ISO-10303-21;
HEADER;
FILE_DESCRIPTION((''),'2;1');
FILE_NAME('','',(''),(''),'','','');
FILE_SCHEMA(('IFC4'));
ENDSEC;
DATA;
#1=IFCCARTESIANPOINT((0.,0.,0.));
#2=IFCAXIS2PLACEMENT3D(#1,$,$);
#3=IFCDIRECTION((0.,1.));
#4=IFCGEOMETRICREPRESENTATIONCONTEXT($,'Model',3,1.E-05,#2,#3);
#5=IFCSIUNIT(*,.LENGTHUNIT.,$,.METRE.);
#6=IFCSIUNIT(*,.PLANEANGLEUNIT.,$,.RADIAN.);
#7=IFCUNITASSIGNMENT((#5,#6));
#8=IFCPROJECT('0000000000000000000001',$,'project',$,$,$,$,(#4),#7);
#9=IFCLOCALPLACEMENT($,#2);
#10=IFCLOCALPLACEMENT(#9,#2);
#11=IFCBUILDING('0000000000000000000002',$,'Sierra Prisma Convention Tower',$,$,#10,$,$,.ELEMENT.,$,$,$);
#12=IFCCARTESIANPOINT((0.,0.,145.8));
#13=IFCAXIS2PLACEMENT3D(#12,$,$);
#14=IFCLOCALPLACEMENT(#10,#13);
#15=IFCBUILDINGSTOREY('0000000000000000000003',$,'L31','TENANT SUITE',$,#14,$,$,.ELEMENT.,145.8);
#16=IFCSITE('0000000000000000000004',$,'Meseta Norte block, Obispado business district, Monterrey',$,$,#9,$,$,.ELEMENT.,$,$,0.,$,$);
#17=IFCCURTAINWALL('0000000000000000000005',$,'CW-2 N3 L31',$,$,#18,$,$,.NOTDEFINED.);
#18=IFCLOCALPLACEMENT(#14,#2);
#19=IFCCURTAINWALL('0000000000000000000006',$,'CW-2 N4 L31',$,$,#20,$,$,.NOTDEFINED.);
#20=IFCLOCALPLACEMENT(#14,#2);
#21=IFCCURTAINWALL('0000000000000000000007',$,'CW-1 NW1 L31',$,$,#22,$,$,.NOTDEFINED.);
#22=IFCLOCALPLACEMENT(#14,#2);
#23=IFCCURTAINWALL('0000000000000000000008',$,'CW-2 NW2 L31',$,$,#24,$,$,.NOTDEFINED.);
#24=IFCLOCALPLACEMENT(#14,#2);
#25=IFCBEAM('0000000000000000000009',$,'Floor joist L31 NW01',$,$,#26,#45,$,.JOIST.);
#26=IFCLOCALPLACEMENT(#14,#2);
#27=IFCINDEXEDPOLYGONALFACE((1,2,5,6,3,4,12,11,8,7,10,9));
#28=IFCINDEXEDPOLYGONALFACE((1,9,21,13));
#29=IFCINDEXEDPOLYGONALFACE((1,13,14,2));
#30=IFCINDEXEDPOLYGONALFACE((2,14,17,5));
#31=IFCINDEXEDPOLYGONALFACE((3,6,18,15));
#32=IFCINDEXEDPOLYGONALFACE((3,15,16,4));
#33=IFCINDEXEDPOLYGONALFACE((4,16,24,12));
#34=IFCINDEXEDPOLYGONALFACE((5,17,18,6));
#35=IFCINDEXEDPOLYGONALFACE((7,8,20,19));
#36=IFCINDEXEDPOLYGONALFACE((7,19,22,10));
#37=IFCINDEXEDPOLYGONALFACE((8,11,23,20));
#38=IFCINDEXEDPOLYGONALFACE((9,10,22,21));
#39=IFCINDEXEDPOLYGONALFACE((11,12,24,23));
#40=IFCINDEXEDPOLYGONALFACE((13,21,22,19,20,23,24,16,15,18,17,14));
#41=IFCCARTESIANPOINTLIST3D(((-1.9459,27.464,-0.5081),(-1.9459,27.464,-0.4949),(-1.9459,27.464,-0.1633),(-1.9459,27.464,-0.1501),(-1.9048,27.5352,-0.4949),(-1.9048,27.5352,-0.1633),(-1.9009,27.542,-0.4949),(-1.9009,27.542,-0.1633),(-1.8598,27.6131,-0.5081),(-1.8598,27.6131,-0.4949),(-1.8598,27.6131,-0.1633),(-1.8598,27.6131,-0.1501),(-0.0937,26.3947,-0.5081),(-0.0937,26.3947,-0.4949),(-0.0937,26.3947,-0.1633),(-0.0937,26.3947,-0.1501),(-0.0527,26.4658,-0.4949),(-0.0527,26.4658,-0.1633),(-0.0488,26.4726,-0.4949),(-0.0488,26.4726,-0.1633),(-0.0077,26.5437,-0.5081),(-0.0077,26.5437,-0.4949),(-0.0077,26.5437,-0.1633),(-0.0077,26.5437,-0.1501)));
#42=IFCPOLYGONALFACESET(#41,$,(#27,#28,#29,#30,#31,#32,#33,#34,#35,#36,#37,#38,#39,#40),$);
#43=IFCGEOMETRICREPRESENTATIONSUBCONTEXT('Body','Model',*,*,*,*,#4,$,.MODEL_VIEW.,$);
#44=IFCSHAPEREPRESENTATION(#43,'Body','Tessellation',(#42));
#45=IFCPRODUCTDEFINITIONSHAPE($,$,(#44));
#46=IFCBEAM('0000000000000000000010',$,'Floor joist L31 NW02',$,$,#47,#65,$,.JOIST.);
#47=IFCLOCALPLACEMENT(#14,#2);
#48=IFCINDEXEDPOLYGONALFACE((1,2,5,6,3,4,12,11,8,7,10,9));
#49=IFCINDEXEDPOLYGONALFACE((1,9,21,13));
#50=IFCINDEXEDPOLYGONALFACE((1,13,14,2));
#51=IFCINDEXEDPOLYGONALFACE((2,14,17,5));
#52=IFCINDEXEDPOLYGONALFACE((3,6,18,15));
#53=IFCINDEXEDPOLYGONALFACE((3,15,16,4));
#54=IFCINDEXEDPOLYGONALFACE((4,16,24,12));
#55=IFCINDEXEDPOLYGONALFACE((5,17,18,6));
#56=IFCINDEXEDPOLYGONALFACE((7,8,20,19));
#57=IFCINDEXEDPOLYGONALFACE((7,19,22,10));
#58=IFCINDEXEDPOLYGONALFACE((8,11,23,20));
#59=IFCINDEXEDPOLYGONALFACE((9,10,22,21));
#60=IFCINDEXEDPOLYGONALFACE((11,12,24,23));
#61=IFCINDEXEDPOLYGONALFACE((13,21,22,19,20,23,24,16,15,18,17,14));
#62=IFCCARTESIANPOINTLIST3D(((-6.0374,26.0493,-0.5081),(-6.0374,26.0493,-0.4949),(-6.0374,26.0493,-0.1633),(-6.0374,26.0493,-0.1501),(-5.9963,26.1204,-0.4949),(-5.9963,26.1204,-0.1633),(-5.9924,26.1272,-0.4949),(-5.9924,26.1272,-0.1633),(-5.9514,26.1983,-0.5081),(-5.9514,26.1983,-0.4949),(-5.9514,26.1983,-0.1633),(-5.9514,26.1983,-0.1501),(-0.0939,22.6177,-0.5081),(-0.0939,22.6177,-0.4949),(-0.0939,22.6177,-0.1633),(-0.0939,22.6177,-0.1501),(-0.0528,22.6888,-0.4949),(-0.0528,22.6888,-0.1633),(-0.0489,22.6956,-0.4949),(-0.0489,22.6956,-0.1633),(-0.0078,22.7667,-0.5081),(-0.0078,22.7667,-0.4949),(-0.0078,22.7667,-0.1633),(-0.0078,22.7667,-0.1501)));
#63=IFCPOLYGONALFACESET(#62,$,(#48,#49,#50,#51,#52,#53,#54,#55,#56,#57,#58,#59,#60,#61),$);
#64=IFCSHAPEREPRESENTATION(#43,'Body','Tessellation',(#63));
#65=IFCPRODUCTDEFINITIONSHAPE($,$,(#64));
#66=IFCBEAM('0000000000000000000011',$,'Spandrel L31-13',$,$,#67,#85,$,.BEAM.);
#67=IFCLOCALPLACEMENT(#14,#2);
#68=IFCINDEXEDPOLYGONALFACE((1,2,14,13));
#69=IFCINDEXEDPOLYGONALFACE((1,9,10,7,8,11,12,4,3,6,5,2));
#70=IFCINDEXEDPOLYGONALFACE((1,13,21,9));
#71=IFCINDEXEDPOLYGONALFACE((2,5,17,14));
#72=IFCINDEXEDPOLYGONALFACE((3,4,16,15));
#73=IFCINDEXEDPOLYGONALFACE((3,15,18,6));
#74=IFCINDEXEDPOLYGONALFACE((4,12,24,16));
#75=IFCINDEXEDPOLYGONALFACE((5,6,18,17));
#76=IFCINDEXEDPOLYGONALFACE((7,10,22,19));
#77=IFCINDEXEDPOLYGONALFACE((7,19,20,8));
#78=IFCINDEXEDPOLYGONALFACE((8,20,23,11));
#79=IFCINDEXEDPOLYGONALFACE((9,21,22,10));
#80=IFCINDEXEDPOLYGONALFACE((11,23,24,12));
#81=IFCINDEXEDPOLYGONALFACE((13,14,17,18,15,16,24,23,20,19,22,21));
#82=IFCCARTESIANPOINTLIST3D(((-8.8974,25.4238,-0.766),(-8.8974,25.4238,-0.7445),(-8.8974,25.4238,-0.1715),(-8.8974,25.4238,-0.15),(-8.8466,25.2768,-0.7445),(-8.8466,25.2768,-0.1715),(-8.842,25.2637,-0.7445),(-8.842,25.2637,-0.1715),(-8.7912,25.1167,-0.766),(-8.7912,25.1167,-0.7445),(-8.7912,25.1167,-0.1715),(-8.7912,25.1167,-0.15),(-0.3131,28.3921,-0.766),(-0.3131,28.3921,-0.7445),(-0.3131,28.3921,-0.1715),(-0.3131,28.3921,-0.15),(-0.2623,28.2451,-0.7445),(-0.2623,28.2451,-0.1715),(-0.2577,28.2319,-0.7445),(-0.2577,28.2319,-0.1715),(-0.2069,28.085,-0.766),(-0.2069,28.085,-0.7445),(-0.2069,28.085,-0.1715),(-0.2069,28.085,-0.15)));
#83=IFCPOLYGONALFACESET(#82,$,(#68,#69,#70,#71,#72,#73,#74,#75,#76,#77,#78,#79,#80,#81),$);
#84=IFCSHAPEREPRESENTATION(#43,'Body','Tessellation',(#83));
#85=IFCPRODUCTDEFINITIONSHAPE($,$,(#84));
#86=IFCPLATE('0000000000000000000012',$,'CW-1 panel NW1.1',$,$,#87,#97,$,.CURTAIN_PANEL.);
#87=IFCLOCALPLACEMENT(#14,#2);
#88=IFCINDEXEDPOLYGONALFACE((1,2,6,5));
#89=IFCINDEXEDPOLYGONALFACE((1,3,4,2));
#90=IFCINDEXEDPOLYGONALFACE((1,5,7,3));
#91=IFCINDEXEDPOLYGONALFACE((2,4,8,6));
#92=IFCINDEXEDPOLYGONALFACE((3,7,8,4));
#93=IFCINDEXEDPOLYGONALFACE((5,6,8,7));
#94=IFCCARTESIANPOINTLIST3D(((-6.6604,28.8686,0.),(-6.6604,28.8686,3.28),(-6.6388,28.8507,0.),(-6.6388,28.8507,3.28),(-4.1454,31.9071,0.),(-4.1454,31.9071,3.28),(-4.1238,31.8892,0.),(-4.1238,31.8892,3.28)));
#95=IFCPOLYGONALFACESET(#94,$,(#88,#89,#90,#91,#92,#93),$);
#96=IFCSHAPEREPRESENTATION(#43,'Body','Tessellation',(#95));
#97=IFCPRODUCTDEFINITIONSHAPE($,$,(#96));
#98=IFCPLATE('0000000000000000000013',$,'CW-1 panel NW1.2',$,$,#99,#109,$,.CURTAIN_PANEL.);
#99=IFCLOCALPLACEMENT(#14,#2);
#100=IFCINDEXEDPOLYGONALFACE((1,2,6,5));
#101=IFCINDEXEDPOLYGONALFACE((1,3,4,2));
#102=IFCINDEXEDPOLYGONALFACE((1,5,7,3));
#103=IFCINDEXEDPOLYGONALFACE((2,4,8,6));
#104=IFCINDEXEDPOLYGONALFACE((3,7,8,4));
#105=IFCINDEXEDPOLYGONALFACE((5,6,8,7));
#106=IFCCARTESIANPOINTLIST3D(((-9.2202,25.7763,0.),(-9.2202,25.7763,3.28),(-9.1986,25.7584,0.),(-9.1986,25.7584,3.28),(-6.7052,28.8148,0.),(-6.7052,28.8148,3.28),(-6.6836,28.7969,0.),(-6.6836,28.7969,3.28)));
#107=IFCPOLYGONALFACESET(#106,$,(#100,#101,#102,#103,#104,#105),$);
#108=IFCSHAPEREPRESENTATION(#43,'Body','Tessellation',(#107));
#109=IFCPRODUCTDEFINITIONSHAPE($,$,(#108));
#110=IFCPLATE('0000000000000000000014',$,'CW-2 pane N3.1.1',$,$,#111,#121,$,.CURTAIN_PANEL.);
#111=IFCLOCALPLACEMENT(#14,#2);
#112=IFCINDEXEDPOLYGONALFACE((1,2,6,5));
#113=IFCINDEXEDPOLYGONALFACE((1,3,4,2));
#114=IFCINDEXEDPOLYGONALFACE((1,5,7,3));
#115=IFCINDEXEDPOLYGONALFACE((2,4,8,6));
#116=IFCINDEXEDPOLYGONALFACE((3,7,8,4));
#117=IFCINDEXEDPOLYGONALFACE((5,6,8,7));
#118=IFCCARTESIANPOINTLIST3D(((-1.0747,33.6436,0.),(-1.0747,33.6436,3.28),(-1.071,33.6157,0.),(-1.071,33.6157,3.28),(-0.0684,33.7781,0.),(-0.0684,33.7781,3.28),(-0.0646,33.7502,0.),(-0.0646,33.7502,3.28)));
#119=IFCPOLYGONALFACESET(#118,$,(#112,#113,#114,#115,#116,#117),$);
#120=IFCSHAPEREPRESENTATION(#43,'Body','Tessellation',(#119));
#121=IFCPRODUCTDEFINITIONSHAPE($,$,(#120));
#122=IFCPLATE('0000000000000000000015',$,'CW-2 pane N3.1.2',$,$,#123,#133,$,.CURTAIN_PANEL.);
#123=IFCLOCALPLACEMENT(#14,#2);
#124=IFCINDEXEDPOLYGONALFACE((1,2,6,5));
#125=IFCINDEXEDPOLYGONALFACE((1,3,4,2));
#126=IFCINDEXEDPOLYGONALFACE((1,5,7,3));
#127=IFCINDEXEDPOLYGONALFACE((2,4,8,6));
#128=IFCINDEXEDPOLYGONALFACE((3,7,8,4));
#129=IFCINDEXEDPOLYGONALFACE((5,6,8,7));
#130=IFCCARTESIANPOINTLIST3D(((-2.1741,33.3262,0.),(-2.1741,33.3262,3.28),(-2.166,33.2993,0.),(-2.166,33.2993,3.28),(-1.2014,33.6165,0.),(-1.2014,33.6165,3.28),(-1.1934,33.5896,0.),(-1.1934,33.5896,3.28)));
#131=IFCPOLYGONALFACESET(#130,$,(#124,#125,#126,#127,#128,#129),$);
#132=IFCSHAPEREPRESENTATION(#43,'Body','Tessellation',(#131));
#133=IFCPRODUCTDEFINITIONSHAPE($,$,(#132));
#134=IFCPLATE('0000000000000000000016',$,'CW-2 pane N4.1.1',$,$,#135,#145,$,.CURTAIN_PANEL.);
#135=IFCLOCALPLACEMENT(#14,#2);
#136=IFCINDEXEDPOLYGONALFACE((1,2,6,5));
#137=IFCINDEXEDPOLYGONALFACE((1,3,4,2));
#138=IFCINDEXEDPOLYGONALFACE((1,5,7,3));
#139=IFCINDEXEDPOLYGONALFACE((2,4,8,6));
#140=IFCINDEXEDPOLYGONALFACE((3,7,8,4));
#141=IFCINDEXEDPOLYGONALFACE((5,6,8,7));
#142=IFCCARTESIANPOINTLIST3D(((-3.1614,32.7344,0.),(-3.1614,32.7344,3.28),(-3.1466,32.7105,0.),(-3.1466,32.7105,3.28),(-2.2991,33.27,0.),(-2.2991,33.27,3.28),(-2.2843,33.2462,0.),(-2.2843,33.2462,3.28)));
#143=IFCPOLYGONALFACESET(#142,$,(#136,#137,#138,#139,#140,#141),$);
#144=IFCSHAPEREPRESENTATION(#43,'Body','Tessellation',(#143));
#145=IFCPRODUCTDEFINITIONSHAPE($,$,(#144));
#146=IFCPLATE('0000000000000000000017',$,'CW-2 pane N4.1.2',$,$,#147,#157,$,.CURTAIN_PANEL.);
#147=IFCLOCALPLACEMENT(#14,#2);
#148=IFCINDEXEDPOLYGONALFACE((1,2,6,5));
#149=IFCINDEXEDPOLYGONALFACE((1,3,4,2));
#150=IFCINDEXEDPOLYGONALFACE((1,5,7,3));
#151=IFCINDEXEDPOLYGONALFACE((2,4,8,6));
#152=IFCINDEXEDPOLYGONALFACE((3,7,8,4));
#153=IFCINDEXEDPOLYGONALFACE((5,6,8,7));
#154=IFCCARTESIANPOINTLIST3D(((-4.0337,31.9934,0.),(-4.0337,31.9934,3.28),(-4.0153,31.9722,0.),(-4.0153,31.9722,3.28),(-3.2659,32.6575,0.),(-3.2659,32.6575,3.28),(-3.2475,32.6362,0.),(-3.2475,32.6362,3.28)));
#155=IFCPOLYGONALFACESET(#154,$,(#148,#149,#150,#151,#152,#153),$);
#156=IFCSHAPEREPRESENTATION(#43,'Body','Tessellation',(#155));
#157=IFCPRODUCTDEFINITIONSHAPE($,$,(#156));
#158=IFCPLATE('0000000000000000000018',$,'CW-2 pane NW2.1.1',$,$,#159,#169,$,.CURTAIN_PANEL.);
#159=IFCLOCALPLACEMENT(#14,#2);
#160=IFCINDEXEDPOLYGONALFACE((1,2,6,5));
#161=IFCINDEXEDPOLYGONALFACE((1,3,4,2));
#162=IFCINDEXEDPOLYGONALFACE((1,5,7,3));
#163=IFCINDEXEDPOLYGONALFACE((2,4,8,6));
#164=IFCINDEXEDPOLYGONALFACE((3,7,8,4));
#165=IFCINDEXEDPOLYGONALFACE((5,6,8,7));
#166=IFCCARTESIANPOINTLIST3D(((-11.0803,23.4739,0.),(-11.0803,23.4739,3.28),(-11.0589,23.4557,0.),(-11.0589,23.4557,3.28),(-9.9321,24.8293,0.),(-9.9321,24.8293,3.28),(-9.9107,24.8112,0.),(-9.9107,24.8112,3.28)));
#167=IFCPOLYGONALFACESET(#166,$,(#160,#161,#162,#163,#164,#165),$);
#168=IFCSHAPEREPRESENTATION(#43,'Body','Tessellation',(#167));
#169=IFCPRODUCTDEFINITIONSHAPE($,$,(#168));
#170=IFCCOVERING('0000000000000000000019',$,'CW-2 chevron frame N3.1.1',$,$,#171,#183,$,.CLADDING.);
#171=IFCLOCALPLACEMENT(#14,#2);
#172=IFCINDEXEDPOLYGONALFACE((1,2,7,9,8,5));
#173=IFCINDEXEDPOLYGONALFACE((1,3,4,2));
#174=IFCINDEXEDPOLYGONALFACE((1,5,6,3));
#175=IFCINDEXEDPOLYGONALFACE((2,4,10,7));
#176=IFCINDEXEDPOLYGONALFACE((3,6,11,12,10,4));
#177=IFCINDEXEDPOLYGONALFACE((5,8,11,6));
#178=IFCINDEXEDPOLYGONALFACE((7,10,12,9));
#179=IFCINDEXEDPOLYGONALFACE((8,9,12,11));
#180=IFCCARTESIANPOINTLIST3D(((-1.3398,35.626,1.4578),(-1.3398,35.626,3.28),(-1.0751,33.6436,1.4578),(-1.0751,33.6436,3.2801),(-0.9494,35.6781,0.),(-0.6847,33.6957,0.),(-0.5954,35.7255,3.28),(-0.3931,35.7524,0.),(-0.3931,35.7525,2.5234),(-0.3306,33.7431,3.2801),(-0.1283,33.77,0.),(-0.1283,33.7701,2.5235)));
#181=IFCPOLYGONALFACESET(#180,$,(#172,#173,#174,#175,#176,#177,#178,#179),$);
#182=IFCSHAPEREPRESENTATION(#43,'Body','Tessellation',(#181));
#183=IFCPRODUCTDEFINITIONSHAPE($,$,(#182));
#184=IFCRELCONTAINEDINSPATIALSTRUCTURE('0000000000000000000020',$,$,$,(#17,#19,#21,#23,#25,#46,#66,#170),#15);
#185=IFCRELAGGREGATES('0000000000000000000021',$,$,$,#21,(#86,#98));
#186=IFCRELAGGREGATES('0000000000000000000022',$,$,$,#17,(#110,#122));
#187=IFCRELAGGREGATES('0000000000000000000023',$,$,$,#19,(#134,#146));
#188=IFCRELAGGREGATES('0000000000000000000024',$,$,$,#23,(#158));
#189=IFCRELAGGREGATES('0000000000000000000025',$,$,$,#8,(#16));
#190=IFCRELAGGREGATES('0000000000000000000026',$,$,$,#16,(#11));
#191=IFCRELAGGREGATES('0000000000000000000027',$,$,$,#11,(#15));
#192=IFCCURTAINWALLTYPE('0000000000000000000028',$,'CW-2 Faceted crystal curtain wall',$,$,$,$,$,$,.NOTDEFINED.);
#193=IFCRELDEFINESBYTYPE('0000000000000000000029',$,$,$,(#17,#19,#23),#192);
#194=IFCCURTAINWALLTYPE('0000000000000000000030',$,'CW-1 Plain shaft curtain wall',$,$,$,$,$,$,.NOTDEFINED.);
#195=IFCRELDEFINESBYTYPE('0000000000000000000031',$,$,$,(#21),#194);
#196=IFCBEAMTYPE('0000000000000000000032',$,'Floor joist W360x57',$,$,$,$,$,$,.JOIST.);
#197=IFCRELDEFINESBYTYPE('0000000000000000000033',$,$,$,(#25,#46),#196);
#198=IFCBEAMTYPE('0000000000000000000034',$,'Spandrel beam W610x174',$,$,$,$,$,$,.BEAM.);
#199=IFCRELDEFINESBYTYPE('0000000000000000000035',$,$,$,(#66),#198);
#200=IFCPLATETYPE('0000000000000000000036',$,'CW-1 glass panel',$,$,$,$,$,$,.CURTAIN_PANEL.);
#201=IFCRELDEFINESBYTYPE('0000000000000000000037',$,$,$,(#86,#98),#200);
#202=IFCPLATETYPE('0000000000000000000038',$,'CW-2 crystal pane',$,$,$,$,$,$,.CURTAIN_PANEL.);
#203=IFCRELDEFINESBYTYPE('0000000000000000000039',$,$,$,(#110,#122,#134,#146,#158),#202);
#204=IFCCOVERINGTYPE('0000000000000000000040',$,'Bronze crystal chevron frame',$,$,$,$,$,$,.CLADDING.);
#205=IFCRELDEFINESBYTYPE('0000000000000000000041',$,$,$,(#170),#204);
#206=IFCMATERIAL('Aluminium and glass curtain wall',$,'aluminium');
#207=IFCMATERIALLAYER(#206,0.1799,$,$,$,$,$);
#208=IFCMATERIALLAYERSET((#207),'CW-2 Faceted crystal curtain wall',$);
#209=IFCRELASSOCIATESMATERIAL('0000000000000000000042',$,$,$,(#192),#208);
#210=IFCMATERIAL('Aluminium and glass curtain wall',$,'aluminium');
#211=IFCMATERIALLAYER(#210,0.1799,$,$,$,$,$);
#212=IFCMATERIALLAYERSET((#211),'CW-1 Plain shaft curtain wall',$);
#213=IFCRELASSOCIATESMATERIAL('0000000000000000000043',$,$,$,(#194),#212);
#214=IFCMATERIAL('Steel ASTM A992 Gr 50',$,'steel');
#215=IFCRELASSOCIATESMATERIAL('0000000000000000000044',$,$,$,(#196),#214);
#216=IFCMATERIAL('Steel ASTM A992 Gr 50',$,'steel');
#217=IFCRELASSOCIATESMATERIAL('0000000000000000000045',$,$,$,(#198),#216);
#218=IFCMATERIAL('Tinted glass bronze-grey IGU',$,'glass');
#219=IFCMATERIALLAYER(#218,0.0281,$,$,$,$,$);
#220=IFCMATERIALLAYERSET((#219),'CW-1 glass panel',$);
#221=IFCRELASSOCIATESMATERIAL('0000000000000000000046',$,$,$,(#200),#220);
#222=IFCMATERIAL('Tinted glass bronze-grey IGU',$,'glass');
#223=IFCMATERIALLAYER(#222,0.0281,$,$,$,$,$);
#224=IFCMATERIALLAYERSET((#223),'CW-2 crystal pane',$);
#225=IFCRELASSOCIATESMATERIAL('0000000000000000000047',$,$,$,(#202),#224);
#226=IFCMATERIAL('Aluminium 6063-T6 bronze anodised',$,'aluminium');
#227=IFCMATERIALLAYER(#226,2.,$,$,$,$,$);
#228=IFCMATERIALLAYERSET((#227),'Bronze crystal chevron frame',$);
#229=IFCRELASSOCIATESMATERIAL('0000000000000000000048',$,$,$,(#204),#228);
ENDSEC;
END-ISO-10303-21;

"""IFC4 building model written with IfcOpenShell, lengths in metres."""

from ifc_helpers import new_model, si_unit, direction, frame, origin, origin_2d, place, context, subcontext, project, spatial, polyline, rectangle, i_section, outline, extrude, material, layer, layer_set, material_profile, profile_set, type_object, element, aggregate, save


model = new_model("IFC4")

# Units and contexts
model_context = context("Model", 3, precision=1e-05, world=origin(), true_north=direction((0.0, 1.0)))
body_context = subcontext(model_context, "Body", "Model", "MODEL_VIEW")
ifc_project = project(units=[si_unit("LENGTHUNIT", "METRE"), si_unit("PLANEANGLEUNIT", "RADIAN")], contexts=[model_context])

# Site, building, storey
site_placement = place(None, origin())
site = spatial("IfcSite", under=ifc_project, at=site_placement, Name="Meseta Norte block, Obispado business district, Monterrey", CompositionType="ELEMENT", RefElevation=0.0)
building_placement = place(site_placement, origin())
building = spatial("IfcBuilding", under=site, at=building_placement, Name="Sierra Prisma Convention Tower", CompositionType="ELEMENT")
storey_placement = place(building_placement, frame((0.0, 0.0, 145.8)))
storey = spatial("IfcBuildingStorey", under=building, at=storey_placement, Name="L31", Description="TENANT SUITE", CompositionType="ELEMENT", Elevation=145.8)

# Curtain walls
ifc_material_1 = material(Name="Aluminium and glass curtain wall", Category="aluminium")
ifc_layer_1 = layer(ifc_material_1, 0.1799)
ifc_layer_set_1 = layer_set([ifc_layer_1], Name="CW-2 Faceted crystal curtain wall")
curtain_wall_type_1 = type_object("IfcCurtainWallType", Name="CW-2 Faceted crystal curtain wall", PredefinedType="NOTDEFINED", material=ifc_layer_set_1)
curtain_wall_1_placement = place(storey_placement, origin())
curtain_wall_1 = element("IfcCurtainWall", 1, at=curtain_wall_1_placement, inside=storey, type_object=curtain_wall_type_1, Name="CW-2 N3 L31", PredefinedType="NOTDEFINED")
curtain_wall_2_placement = place(storey_placement, origin())
curtain_wall_2 = element("IfcCurtainWall", 2, at=curtain_wall_2_placement, inside=storey, type_object=curtain_wall_type_1, Name="CW-2 N4 L31", PredefinedType="NOTDEFINED")

# Curtain wall
ifc_material_2 = material(Name="Aluminium and glass curtain wall", Category="aluminium")
ifc_layer_2 = layer(ifc_material_2, 0.1799)
ifc_layer_set_2 = layer_set([ifc_layer_2], Name="CW-1 Plain shaft curtain wall")
curtain_wall_type_2 = type_object("IfcCurtainWallType", Name="CW-1 Plain shaft curtain wall", PredefinedType="NOTDEFINED", material=ifc_layer_set_2)
curtain_wall_3_placement = place(storey_placement, origin())
curtain_wall_3 = element("IfcCurtainWall", 3, at=curtain_wall_3_placement, inside=storey, type_object=curtain_wall_type_2, Name="CW-1 NW1 L31", PredefinedType="NOTDEFINED")

# Curtain wall
curtain_wall_4_placement = place(storey_placement, origin())
curtain_wall_4 = element("IfcCurtainWall", 4, at=curtain_wall_4_placement, inside=storey, type_object=curtain_wall_type_1, Name="CW-2 NW2 L31", PredefinedType="NOTDEFINED")

# Beams
ifc_material_3 = material(Name="Steel ASTM A992 Gr 50", Category="steel")
ifc_material_profile_1 = material_profile(ifc_material_3, i_section(OverallWidth=0.1721, OverallDepth=0.3579, WebThickness=0.0078, FlangeThickness=0.0132, at=origin_2d()), Name="W360x57")
ifc_profile_set_1 = profile_set([ifc_material_profile_1], Name="Steel ASTM A992 Gr 50")
beam_type_1 = type_object("IfcBeamType", Name="Floor joist W360x57", PredefinedType="JOIST", material=ifc_profile_set_1)
beam_1_placement = place(storey_placement, frame((-1.9028, 27.5386, -0.3291), z_axis=(0.866014, -0.500019, 0.0), x_axis=(0.500019, 0.866014, 0.0)))
element("IfcBeam", 5, at=beam_1_placement, inside=storey, type_object=beam_type_1, Name="Floor joist L31 NW01", PredefinedType="JOIST", context=body_context, shape_type="SweptSolid", body=[
    extrude(i_section(OverallWidth=0.1721, OverallDepth=0.3579, WebThickness=0.0078, FlangeThickness=0.0132, at=origin_2d()), origin(), (0.0, 0.0, 1.0), 2.1387),
])
beam_2_placement = place(storey_placement, frame((-5.9944, 26.1238, -0.3291), z_axis=(0.866019, -0.500011, 0.0), x_axis=(0.500011, 0.866019, 0.0)))
element("IfcBeam", 6, at=beam_2_placement, inside=storey, type_object=beam_type_1, Name="Floor joist L31 NW02", PredefinedType="JOIST", context=body_context, shape_type="SweptSolid", body=[
    extrude(i_section(OverallWidth=0.1721, OverallDepth=0.3579, WebThickness=0.0078, FlangeThickness=0.0132, at=origin_2d()), origin(), (0.0, 0.0, 1.0), 6.863),
])
ifc_material_4 = material(Name="Steel ASTM A992 Gr 50", Category="steel")
ifc_material_profile_2 = material_profile(ifc_material_4, i_section(OverallWidth=0.325, OverallDepth=0.616, WebThickness=0.0139, FlangeThickness=0.0215, at=origin_2d()), Name="W610x174")
ifc_profile_set_2 = profile_set([ifc_material_profile_2], Name="Steel ASTM A992 Gr 50")
beam_type_2 = type_object("IfcBeamType", Name="Spandrel beam W610x174", PredefinedType="BEAM", material=ifc_profile_set_2)
beam_3_placement = place(storey_placement, frame((-0.26, 28.2385, -0.458), z_axis=(-0.945095, -0.326796, 0.0), x_axis=(0.326796, -0.945095, 0.0)))
element("IfcBeam", 7, at=beam_3_placement, inside=storey, type_object=beam_type_2, Name="Spandrel L31-13", PredefinedType="BEAM", context=body_context, shape_type="SweptSolid", body=[
    extrude(i_section(OverallWidth=0.325, OverallDepth=0.616, WebThickness=0.0139, FlangeThickness=0.0215, at=origin_2d()), origin(), (0.0, 0.0, 1.0), 9.083),
])

# Plates
ifc_material_5 = material(Name="Tinted glass bronze-grey IGU", Category="glass")
ifc_layer_3 = layer(ifc_material_5, 0.0281)
ifc_layer_set_3 = layer_set([ifc_layer_3], Name="CW-1 glass panel")
plate_type_1 = type_object("IfcPlateType", Name="CW-1 glass panel", PredefinedType="CURTAIN_PANEL", material=ifc_layer_set_3)
plate_1_placement = place(storey_placement, frame((-5.3921, 30.3789, 0.0), z_axis=(0.0, 0.0, 1.0), x_axis=(-0.637626, -0.770346, 0.0)))
plate_1 = element("IfcPlate", 8, at=plate_1_placement, type_object=plate_type_1, Name="CW-1 panel NW1.1", PredefinedType="CURTAIN_PANEL", context=body_context, shape_type="SweptSolid", body=[
    extrude(rectangle(XDim=3.9443, YDim=0.0281, at=origin_2d()), origin(), (0.0, 0.0, 1.0), 3.28),
])
plate_2_placement = place(storey_placement, frame((-7.9519, 27.2866, 0.0), z_axis=(0.0, 0.0, 1.0), x_axis=(-0.637626, -0.770346, 0.0)))
plate_2 = element("IfcPlate", 9, at=plate_2_placement, type_object=plate_type_1, Name="CW-1 panel NW1.2", PredefinedType="CURTAIN_PANEL", context=body_context, shape_type="SweptSolid", body=[
    extrude(rectangle(XDim=3.9443, YDim=0.0281, at=origin_2d()), origin(), (0.0, 0.0, 1.0), 3.28),
])
aggregate(curtain_wall_3, [plate_1, plate_2])
ifc_material_6 = material(Name="Tinted glass bronze-grey IGU", Category="glass")
ifc_layer_4 = layer(ifc_material_6, 0.0281)
ifc_layer_set_4 = layer_set([ifc_layer_4], Name="CW-2 crystal pane")
plate_type_2 = type_object("IfcPlateType", Name="CW-2 crystal pane", PredefinedType="CURTAIN_PANEL", material=ifc_layer_set_4)
plate_3_placement = place(storey_placement, frame((-0.0684, 33.7781, 0.0), z_axis=(-0.132494, 0.991184, 0.0), x_axis=(-0.991184, -0.132494, 0.0)))
plate_3 = element("IfcPlate", 10, at=plate_3_placement, type_object=plate_type_2, Name="CW-2 pane N3.1.1", PredefinedType="CURTAIN_PANEL", context=body_context, shape_type="SweptSolid", body=[
    extrude(outline(polyline([(0.0, 0.0), (1.0153, 0.0), (1.0153, 3.28), (0.0, 3.28), (0.0, 0.0)])), origin(), (0.0, 0.0, -1.0), 0.0281),
])
plate_4_placement = place(storey_placement, frame((-2.1741, 33.3262, 0.0), z_axis=(-0.285979, 0.958236, 0.0), x_axis=(0.958236, 0.285979, 0.0)))
plate_4 = element("IfcPlate", 11, at=plate_4_placement, type_object=plate_type_2, Name="CW-2 pane N3.1.2", PredefinedType="CURTAIN_PANEL", context=body_context, shape_type="SweptSolid", body=[
    extrude(outline(polyline([(0.0, 0.0), (1.015, 0.0), (1.015, -3.28), (0.0, -3.28), (0.0, 0.0)])), origin(), (0.0, 0.0, -1.0), 0.0281),
])
aggregate(curtain_wall_1, [plate_3, plate_4])
plate_5_placement = place(storey_placement, frame((-2.2991, 33.27, 0.0), z_axis=(-0.527662, 0.849454, 0.0), x_axis=(-0.849454, -0.527662, 0.0)))
plate_5 = element("IfcPlate", 12, at=plate_5_placement, type_object=plate_type_2, Name="CW-2 pane N4.1.1", PredefinedType="CURTAIN_PANEL", context=body_context, shape_type="SweptSolid", body=[
    extrude(outline(polyline([(0.0, 0.0), (1.0151, 0.0), (1.0151, 3.28), (0.0, 3.28), (0.0, 0.0)])), origin(), (0.0, 0.0, -1.0), 0.0281),
])
plate_6_placement = place(storey_placement, frame((-4.0337, 31.9934, 0.0), z_axis=(-0.654152, 0.756363, 0.0), x_axis=(0.756363, 0.654152, 0.0)))
plate_6 = element("IfcPlate", 13, at=plate_6_placement, type_object=plate_type_2, Name="CW-2 pane N4.1.2", PredefinedType="CURTAIN_PANEL", context=body_context, shape_type="SweptSolid", body=[
    extrude(outline(polyline([(0.0, 0.0), (1.0152, 0.0), (1.0152, -3.28), (0.0, -3.28), (0.0, 0.0)])), origin(), (0.0, 0.0, -1.0), 0.0281),
])
aggregate(curtain_wall_2, [plate_5, plate_6])
plate_7_placement = place(storey_placement, frame((-9.9321, 24.8293, 0.0), z_axis=(-0.763037, 0.646355, 0.0), x_axis=(-0.646355, -0.763037, 0.0)))
plate_7 = element("IfcPlate", 14, at=plate_7_placement, type_object=plate_type_2, Name="CW-2 pane NW2.1.1", PredefinedType="CURTAIN_PANEL", context=body_context, shape_type="SweptSolid", body=[
    extrude(outline(polyline([(0.0, 0.0), (1.7764, 0.0), (1.7764, 3.28), (0.0, 3.28), (0.0, 0.0)])), origin(), (0.0, 0.0, -1.0), 0.0281),
])
aggregate(curtain_wall_4, [plate_7])

# Covering
ifc_material_7 = material(Name="Aluminium 6063-T6 bronze anodised", Category="aluminium")
ifc_layer_5 = layer(ifc_material_7, 2.0)
ifc_layer_set_5 = layer_set([ifc_layer_5], Name="Bronze crystal chevron frame")
covering_type = type_object("IfcCoveringType", Name="Bronze crystal chevron frame", PredefinedType="CLADDING", material=ifc_layer_set_5)
covering_1_placement = place(storey_placement, frame((-0.3931, 35.7524, 0.0), z_axis=(-0.132396, 0.991197, -0.000013), x_axis=(-0.991197, -0.132396, 0.0)))
element("IfcCovering", 15, at=covering_1_placement, inside=storey, type_object=covering_type, Name="CW-2 chevron frame N3.1.1", PredefinedType="CLADDING", context=body_context, shape_type="SweptSolid", body=[
    extrude(outline(polyline([(0.0, 0.0), (0.5613, 0.0), (0.9552, 1.4578), (0.9552, 3.28), (0.2042, 3.28), (0.0, 2.5234), (0.0, 0.0)])), origin(), (0.0, 0.0, -1.0), 2.0),
])

save(model, "model.ifc")
